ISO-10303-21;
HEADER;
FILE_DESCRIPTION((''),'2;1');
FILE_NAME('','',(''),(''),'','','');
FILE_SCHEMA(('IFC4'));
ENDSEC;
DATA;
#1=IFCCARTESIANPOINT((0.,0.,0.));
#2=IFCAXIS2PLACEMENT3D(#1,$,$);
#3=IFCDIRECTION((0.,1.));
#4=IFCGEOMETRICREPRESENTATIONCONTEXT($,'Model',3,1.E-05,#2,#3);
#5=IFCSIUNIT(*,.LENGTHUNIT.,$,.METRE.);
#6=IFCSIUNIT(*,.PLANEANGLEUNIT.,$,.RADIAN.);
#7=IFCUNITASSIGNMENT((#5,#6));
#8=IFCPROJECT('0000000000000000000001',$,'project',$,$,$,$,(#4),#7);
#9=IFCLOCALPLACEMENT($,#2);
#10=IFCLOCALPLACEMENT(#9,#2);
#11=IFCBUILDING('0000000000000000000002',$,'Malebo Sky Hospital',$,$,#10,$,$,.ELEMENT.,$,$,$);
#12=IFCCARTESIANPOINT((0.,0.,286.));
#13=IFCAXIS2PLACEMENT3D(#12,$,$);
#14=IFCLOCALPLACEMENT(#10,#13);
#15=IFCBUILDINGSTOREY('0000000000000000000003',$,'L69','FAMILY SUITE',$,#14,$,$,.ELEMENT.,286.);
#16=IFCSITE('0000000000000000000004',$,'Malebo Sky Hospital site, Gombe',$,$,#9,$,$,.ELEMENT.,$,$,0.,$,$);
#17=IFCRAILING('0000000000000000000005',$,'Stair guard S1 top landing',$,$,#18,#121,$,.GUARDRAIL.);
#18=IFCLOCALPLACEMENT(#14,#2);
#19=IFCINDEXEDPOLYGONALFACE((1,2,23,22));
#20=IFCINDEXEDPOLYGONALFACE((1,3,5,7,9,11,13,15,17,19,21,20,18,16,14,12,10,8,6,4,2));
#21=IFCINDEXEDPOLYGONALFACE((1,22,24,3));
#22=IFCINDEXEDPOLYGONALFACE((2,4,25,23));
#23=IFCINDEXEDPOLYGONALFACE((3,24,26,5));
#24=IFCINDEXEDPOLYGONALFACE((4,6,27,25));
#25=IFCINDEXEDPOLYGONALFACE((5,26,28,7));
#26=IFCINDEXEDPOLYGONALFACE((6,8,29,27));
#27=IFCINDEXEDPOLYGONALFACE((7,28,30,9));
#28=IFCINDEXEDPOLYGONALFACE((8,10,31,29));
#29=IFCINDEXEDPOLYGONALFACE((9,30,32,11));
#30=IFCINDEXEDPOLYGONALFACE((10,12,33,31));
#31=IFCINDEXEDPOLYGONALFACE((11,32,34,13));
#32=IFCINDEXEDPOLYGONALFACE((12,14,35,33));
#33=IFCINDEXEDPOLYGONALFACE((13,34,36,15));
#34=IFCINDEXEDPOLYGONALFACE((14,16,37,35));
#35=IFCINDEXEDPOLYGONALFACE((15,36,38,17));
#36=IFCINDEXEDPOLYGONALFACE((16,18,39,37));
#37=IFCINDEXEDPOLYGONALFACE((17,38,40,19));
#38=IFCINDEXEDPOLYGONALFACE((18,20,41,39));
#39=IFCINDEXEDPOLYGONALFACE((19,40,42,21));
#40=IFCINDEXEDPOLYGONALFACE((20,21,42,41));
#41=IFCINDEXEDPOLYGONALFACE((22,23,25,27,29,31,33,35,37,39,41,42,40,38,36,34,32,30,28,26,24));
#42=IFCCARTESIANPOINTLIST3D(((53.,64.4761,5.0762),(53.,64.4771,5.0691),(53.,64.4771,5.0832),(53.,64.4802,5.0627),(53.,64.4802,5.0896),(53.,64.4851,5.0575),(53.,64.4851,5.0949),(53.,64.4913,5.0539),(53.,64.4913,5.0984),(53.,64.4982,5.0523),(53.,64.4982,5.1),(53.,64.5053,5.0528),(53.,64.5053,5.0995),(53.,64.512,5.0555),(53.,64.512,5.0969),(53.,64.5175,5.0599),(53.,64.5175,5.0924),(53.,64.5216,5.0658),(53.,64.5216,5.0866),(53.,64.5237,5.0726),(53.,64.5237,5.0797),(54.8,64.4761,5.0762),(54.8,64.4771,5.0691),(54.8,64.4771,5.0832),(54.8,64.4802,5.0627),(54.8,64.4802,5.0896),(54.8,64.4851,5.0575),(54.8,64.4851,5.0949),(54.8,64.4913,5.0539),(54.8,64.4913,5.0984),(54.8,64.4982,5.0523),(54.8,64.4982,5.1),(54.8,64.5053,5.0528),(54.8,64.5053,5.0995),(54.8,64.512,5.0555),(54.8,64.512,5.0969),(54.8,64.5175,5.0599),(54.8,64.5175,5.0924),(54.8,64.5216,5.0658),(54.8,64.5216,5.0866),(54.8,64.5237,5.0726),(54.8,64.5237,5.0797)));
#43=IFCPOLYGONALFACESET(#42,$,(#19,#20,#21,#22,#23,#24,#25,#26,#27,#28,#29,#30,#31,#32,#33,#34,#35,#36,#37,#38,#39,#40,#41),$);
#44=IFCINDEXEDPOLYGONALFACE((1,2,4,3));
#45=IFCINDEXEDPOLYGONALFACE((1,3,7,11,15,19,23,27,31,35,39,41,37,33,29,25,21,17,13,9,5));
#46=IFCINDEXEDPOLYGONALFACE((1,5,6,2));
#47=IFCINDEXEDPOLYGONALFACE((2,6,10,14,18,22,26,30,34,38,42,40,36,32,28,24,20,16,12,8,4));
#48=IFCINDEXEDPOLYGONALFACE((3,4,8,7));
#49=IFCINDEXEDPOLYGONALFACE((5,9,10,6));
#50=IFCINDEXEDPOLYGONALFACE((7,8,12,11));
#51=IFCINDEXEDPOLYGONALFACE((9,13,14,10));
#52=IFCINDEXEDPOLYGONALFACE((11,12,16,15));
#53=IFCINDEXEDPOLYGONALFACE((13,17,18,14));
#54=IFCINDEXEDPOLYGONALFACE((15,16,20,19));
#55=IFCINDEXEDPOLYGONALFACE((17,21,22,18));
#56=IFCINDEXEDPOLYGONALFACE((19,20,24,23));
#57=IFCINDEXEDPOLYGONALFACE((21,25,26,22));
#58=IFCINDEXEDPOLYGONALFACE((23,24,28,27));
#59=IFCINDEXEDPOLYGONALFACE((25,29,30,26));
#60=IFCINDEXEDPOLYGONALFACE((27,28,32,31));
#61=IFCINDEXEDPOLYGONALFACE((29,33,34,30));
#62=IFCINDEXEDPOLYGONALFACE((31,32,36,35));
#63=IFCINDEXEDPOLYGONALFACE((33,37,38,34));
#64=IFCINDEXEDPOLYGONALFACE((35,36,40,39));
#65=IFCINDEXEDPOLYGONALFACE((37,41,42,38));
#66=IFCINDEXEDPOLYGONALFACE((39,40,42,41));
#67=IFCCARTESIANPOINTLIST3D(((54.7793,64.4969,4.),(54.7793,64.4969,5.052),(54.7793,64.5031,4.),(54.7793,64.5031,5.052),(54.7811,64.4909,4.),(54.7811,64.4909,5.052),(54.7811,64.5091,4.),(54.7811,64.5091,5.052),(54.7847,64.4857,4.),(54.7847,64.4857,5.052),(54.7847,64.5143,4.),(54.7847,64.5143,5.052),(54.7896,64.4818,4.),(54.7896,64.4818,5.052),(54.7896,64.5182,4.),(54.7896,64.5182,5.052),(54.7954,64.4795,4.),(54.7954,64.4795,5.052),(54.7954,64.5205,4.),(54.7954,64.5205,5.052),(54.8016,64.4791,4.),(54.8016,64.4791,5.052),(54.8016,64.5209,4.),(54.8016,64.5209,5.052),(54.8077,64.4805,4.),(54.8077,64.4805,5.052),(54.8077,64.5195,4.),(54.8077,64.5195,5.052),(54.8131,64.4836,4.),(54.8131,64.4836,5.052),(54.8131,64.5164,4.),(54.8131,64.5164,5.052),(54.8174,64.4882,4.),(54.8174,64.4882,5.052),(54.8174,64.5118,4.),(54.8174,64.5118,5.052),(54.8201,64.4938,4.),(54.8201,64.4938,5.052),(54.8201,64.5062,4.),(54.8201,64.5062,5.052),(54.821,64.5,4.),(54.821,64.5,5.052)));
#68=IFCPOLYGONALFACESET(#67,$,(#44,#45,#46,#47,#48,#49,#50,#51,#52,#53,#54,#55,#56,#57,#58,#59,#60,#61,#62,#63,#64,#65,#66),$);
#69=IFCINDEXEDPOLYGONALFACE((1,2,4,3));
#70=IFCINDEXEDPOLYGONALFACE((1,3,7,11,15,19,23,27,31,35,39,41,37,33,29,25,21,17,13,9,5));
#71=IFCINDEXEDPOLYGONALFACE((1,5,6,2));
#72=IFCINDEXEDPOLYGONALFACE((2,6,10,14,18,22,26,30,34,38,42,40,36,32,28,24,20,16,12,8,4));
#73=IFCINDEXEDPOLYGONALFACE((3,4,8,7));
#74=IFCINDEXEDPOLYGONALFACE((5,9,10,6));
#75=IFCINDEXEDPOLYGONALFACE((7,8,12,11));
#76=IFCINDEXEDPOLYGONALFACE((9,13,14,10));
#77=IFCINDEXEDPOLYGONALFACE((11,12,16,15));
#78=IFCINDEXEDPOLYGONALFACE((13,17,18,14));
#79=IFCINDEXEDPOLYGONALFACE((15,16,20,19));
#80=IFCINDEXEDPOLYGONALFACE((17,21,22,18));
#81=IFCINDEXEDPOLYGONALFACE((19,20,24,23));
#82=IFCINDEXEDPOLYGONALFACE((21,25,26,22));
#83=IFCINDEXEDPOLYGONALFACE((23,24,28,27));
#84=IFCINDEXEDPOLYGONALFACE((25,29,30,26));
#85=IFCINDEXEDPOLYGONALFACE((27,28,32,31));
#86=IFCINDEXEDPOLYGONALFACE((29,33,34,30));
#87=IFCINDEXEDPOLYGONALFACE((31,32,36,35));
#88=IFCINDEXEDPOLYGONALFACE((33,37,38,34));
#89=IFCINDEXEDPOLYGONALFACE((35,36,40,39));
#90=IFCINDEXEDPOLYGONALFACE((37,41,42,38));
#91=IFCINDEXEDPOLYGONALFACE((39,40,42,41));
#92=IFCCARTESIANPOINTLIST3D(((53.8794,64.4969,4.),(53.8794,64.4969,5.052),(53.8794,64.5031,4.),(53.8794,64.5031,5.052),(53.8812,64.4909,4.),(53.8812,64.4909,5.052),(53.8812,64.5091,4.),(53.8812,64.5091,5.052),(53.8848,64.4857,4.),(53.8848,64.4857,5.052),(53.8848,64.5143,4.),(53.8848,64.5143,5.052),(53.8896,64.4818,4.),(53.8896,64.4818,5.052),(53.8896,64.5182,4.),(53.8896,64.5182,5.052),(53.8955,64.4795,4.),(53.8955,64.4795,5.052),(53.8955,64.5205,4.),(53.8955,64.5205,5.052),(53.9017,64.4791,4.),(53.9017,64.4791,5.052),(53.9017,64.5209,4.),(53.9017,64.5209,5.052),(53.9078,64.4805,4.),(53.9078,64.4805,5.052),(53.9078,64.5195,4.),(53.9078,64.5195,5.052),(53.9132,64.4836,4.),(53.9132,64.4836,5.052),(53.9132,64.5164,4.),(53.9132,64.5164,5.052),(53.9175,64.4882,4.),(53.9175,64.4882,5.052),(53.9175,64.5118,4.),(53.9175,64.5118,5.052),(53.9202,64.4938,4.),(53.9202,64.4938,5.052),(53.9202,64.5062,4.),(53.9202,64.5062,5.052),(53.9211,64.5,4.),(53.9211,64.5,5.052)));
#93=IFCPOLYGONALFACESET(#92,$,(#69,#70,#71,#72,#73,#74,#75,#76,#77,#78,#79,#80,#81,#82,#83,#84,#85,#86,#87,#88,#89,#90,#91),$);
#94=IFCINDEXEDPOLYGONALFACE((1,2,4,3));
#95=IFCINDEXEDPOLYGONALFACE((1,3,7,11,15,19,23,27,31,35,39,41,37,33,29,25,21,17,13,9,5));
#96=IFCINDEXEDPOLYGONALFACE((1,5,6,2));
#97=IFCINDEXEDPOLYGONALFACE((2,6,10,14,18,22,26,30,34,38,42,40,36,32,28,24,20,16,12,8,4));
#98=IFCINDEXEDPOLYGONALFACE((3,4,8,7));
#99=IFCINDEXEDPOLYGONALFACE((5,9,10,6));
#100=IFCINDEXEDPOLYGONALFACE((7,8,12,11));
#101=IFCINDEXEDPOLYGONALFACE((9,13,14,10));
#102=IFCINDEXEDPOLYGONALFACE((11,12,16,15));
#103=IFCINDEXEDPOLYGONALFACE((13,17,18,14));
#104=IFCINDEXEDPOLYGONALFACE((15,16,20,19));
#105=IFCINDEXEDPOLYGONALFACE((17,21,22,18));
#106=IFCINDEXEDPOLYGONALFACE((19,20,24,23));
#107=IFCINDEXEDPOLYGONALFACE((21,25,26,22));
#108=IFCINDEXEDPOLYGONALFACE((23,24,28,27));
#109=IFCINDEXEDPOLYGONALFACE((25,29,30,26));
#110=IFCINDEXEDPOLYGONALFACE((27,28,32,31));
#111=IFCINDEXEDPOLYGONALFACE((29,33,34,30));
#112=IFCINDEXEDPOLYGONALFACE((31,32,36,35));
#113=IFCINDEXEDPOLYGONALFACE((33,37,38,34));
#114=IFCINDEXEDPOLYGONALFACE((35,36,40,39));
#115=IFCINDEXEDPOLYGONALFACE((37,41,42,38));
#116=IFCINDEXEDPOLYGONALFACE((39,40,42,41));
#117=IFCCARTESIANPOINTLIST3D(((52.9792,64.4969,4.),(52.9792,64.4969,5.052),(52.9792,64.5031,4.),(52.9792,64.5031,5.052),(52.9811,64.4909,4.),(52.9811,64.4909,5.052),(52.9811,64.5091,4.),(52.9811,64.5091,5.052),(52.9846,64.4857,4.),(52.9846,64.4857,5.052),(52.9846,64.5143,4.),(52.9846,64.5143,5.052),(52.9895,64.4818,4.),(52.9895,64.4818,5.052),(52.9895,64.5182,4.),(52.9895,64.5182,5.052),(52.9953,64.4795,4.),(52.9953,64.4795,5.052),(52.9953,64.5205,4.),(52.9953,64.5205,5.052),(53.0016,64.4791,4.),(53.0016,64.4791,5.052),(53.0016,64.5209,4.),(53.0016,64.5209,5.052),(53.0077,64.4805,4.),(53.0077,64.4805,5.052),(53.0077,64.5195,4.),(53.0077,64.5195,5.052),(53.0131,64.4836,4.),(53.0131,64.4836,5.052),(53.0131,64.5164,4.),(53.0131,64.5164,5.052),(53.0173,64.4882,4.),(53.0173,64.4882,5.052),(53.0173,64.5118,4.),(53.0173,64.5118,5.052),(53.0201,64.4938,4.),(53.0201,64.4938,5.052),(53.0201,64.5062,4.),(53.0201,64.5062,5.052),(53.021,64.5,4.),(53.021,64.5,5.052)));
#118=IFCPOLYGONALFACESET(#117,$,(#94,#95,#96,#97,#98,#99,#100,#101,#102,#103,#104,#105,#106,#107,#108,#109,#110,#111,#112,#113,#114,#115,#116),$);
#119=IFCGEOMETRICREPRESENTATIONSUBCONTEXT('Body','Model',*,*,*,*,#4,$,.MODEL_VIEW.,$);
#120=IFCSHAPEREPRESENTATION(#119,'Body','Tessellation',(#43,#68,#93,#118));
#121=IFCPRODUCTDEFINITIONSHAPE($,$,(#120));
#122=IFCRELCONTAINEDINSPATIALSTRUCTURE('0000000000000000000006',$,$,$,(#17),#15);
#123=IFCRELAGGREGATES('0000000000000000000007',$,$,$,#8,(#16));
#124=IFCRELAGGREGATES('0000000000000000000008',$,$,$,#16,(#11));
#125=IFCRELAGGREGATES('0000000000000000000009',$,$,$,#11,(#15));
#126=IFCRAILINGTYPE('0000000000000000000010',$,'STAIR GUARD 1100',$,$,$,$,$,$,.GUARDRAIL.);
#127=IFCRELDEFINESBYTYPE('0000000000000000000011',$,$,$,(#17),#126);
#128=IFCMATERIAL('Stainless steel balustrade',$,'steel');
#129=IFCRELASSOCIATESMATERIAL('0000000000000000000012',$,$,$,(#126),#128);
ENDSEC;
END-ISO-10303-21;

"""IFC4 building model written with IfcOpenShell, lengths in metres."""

from ifc_helpers import new_model, si_unit, direction, frame, origin, origin_2d, place, context, subcontext, project, spatial, circle, extrude, material, type_object, element, save


model = new_model("IFC4")

# Units and contexts
model_context = context("Model", 3, precision=1e-05, world=origin(), true_north=direction((0.0, 1.0)))
body_context = subcontext(model_context, "Body", "Model", "MODEL_VIEW")
ifc_project = project(units=[si_unit("LENGTHUNIT", "METRE"), si_unit("PLANEANGLEUNIT", "RADIAN")], contexts=[model_context])

# Site, building, storey
site_placement = place(None, origin())
site = spatial("IfcSite", under=ifc_project, at=site_placement, Name="Malebo Sky Hospital site, Gombe", CompositionType="ELEMENT", RefElevation=0.0)
building_placement = place(site_placement, origin())
building = spatial("IfcBuilding", under=site, at=building_placement, Name="Malebo Sky Hospital", CompositionType="ELEMENT")
storey_placement = place(building_placement, frame((0.0, 0.0, 286.0)))
storey = spatial("IfcBuildingStorey", under=building, at=storey_placement, Name="L69", Description="FAMILY SUITE", CompositionType="ELEMENT", Elevation=286.0)

# Railing
ifc_material_1 = material(Name="Stainless steel balustrade", Category="steel")
railing_type_1 = type_object("IfcRailingType", Name="STAIR GUARD 1100", PredefinedType="GUARDRAIL", material=ifc_material_1)
railing_1_placement = place(storey_placement, frame((54.8, 64.5, 4.0)))
element("IfcRailing", 1, at=railing_1_placement, inside=storey, type_object=railing_type_1, Name="Stair guard S1 top landing", PredefinedType="GUARDRAIL", context=body_context, shape_type="SweptSolid", body=[
    extrude(circle(Radius=0.0239, at=origin_2d()), frame((0.0, 0.0, 1.0762), z_axis=(-1.0, 0.0, 0.0), x_axis=(0.0, -1.0, 0.0)), (0.0, 0.0, 1.0), 1.8),
    extrude(circle(Radius=0.021, at=origin_2d()), origin(), (0.0, 0.0, 1.0), 1.052),
    extrude(circle(Radius=0.021, at=origin_2d()), frame((-0.8999, 0.0, 0.0)), (0.0, 0.0, 1.0), 1.052),
    extrude(circle(Radius=0.021, at=origin_2d()), frame((-1.8, 0.0, 0.0)), (0.0, 0.0, 1.0), 1.052),
])

save(model, "model.ifc")
